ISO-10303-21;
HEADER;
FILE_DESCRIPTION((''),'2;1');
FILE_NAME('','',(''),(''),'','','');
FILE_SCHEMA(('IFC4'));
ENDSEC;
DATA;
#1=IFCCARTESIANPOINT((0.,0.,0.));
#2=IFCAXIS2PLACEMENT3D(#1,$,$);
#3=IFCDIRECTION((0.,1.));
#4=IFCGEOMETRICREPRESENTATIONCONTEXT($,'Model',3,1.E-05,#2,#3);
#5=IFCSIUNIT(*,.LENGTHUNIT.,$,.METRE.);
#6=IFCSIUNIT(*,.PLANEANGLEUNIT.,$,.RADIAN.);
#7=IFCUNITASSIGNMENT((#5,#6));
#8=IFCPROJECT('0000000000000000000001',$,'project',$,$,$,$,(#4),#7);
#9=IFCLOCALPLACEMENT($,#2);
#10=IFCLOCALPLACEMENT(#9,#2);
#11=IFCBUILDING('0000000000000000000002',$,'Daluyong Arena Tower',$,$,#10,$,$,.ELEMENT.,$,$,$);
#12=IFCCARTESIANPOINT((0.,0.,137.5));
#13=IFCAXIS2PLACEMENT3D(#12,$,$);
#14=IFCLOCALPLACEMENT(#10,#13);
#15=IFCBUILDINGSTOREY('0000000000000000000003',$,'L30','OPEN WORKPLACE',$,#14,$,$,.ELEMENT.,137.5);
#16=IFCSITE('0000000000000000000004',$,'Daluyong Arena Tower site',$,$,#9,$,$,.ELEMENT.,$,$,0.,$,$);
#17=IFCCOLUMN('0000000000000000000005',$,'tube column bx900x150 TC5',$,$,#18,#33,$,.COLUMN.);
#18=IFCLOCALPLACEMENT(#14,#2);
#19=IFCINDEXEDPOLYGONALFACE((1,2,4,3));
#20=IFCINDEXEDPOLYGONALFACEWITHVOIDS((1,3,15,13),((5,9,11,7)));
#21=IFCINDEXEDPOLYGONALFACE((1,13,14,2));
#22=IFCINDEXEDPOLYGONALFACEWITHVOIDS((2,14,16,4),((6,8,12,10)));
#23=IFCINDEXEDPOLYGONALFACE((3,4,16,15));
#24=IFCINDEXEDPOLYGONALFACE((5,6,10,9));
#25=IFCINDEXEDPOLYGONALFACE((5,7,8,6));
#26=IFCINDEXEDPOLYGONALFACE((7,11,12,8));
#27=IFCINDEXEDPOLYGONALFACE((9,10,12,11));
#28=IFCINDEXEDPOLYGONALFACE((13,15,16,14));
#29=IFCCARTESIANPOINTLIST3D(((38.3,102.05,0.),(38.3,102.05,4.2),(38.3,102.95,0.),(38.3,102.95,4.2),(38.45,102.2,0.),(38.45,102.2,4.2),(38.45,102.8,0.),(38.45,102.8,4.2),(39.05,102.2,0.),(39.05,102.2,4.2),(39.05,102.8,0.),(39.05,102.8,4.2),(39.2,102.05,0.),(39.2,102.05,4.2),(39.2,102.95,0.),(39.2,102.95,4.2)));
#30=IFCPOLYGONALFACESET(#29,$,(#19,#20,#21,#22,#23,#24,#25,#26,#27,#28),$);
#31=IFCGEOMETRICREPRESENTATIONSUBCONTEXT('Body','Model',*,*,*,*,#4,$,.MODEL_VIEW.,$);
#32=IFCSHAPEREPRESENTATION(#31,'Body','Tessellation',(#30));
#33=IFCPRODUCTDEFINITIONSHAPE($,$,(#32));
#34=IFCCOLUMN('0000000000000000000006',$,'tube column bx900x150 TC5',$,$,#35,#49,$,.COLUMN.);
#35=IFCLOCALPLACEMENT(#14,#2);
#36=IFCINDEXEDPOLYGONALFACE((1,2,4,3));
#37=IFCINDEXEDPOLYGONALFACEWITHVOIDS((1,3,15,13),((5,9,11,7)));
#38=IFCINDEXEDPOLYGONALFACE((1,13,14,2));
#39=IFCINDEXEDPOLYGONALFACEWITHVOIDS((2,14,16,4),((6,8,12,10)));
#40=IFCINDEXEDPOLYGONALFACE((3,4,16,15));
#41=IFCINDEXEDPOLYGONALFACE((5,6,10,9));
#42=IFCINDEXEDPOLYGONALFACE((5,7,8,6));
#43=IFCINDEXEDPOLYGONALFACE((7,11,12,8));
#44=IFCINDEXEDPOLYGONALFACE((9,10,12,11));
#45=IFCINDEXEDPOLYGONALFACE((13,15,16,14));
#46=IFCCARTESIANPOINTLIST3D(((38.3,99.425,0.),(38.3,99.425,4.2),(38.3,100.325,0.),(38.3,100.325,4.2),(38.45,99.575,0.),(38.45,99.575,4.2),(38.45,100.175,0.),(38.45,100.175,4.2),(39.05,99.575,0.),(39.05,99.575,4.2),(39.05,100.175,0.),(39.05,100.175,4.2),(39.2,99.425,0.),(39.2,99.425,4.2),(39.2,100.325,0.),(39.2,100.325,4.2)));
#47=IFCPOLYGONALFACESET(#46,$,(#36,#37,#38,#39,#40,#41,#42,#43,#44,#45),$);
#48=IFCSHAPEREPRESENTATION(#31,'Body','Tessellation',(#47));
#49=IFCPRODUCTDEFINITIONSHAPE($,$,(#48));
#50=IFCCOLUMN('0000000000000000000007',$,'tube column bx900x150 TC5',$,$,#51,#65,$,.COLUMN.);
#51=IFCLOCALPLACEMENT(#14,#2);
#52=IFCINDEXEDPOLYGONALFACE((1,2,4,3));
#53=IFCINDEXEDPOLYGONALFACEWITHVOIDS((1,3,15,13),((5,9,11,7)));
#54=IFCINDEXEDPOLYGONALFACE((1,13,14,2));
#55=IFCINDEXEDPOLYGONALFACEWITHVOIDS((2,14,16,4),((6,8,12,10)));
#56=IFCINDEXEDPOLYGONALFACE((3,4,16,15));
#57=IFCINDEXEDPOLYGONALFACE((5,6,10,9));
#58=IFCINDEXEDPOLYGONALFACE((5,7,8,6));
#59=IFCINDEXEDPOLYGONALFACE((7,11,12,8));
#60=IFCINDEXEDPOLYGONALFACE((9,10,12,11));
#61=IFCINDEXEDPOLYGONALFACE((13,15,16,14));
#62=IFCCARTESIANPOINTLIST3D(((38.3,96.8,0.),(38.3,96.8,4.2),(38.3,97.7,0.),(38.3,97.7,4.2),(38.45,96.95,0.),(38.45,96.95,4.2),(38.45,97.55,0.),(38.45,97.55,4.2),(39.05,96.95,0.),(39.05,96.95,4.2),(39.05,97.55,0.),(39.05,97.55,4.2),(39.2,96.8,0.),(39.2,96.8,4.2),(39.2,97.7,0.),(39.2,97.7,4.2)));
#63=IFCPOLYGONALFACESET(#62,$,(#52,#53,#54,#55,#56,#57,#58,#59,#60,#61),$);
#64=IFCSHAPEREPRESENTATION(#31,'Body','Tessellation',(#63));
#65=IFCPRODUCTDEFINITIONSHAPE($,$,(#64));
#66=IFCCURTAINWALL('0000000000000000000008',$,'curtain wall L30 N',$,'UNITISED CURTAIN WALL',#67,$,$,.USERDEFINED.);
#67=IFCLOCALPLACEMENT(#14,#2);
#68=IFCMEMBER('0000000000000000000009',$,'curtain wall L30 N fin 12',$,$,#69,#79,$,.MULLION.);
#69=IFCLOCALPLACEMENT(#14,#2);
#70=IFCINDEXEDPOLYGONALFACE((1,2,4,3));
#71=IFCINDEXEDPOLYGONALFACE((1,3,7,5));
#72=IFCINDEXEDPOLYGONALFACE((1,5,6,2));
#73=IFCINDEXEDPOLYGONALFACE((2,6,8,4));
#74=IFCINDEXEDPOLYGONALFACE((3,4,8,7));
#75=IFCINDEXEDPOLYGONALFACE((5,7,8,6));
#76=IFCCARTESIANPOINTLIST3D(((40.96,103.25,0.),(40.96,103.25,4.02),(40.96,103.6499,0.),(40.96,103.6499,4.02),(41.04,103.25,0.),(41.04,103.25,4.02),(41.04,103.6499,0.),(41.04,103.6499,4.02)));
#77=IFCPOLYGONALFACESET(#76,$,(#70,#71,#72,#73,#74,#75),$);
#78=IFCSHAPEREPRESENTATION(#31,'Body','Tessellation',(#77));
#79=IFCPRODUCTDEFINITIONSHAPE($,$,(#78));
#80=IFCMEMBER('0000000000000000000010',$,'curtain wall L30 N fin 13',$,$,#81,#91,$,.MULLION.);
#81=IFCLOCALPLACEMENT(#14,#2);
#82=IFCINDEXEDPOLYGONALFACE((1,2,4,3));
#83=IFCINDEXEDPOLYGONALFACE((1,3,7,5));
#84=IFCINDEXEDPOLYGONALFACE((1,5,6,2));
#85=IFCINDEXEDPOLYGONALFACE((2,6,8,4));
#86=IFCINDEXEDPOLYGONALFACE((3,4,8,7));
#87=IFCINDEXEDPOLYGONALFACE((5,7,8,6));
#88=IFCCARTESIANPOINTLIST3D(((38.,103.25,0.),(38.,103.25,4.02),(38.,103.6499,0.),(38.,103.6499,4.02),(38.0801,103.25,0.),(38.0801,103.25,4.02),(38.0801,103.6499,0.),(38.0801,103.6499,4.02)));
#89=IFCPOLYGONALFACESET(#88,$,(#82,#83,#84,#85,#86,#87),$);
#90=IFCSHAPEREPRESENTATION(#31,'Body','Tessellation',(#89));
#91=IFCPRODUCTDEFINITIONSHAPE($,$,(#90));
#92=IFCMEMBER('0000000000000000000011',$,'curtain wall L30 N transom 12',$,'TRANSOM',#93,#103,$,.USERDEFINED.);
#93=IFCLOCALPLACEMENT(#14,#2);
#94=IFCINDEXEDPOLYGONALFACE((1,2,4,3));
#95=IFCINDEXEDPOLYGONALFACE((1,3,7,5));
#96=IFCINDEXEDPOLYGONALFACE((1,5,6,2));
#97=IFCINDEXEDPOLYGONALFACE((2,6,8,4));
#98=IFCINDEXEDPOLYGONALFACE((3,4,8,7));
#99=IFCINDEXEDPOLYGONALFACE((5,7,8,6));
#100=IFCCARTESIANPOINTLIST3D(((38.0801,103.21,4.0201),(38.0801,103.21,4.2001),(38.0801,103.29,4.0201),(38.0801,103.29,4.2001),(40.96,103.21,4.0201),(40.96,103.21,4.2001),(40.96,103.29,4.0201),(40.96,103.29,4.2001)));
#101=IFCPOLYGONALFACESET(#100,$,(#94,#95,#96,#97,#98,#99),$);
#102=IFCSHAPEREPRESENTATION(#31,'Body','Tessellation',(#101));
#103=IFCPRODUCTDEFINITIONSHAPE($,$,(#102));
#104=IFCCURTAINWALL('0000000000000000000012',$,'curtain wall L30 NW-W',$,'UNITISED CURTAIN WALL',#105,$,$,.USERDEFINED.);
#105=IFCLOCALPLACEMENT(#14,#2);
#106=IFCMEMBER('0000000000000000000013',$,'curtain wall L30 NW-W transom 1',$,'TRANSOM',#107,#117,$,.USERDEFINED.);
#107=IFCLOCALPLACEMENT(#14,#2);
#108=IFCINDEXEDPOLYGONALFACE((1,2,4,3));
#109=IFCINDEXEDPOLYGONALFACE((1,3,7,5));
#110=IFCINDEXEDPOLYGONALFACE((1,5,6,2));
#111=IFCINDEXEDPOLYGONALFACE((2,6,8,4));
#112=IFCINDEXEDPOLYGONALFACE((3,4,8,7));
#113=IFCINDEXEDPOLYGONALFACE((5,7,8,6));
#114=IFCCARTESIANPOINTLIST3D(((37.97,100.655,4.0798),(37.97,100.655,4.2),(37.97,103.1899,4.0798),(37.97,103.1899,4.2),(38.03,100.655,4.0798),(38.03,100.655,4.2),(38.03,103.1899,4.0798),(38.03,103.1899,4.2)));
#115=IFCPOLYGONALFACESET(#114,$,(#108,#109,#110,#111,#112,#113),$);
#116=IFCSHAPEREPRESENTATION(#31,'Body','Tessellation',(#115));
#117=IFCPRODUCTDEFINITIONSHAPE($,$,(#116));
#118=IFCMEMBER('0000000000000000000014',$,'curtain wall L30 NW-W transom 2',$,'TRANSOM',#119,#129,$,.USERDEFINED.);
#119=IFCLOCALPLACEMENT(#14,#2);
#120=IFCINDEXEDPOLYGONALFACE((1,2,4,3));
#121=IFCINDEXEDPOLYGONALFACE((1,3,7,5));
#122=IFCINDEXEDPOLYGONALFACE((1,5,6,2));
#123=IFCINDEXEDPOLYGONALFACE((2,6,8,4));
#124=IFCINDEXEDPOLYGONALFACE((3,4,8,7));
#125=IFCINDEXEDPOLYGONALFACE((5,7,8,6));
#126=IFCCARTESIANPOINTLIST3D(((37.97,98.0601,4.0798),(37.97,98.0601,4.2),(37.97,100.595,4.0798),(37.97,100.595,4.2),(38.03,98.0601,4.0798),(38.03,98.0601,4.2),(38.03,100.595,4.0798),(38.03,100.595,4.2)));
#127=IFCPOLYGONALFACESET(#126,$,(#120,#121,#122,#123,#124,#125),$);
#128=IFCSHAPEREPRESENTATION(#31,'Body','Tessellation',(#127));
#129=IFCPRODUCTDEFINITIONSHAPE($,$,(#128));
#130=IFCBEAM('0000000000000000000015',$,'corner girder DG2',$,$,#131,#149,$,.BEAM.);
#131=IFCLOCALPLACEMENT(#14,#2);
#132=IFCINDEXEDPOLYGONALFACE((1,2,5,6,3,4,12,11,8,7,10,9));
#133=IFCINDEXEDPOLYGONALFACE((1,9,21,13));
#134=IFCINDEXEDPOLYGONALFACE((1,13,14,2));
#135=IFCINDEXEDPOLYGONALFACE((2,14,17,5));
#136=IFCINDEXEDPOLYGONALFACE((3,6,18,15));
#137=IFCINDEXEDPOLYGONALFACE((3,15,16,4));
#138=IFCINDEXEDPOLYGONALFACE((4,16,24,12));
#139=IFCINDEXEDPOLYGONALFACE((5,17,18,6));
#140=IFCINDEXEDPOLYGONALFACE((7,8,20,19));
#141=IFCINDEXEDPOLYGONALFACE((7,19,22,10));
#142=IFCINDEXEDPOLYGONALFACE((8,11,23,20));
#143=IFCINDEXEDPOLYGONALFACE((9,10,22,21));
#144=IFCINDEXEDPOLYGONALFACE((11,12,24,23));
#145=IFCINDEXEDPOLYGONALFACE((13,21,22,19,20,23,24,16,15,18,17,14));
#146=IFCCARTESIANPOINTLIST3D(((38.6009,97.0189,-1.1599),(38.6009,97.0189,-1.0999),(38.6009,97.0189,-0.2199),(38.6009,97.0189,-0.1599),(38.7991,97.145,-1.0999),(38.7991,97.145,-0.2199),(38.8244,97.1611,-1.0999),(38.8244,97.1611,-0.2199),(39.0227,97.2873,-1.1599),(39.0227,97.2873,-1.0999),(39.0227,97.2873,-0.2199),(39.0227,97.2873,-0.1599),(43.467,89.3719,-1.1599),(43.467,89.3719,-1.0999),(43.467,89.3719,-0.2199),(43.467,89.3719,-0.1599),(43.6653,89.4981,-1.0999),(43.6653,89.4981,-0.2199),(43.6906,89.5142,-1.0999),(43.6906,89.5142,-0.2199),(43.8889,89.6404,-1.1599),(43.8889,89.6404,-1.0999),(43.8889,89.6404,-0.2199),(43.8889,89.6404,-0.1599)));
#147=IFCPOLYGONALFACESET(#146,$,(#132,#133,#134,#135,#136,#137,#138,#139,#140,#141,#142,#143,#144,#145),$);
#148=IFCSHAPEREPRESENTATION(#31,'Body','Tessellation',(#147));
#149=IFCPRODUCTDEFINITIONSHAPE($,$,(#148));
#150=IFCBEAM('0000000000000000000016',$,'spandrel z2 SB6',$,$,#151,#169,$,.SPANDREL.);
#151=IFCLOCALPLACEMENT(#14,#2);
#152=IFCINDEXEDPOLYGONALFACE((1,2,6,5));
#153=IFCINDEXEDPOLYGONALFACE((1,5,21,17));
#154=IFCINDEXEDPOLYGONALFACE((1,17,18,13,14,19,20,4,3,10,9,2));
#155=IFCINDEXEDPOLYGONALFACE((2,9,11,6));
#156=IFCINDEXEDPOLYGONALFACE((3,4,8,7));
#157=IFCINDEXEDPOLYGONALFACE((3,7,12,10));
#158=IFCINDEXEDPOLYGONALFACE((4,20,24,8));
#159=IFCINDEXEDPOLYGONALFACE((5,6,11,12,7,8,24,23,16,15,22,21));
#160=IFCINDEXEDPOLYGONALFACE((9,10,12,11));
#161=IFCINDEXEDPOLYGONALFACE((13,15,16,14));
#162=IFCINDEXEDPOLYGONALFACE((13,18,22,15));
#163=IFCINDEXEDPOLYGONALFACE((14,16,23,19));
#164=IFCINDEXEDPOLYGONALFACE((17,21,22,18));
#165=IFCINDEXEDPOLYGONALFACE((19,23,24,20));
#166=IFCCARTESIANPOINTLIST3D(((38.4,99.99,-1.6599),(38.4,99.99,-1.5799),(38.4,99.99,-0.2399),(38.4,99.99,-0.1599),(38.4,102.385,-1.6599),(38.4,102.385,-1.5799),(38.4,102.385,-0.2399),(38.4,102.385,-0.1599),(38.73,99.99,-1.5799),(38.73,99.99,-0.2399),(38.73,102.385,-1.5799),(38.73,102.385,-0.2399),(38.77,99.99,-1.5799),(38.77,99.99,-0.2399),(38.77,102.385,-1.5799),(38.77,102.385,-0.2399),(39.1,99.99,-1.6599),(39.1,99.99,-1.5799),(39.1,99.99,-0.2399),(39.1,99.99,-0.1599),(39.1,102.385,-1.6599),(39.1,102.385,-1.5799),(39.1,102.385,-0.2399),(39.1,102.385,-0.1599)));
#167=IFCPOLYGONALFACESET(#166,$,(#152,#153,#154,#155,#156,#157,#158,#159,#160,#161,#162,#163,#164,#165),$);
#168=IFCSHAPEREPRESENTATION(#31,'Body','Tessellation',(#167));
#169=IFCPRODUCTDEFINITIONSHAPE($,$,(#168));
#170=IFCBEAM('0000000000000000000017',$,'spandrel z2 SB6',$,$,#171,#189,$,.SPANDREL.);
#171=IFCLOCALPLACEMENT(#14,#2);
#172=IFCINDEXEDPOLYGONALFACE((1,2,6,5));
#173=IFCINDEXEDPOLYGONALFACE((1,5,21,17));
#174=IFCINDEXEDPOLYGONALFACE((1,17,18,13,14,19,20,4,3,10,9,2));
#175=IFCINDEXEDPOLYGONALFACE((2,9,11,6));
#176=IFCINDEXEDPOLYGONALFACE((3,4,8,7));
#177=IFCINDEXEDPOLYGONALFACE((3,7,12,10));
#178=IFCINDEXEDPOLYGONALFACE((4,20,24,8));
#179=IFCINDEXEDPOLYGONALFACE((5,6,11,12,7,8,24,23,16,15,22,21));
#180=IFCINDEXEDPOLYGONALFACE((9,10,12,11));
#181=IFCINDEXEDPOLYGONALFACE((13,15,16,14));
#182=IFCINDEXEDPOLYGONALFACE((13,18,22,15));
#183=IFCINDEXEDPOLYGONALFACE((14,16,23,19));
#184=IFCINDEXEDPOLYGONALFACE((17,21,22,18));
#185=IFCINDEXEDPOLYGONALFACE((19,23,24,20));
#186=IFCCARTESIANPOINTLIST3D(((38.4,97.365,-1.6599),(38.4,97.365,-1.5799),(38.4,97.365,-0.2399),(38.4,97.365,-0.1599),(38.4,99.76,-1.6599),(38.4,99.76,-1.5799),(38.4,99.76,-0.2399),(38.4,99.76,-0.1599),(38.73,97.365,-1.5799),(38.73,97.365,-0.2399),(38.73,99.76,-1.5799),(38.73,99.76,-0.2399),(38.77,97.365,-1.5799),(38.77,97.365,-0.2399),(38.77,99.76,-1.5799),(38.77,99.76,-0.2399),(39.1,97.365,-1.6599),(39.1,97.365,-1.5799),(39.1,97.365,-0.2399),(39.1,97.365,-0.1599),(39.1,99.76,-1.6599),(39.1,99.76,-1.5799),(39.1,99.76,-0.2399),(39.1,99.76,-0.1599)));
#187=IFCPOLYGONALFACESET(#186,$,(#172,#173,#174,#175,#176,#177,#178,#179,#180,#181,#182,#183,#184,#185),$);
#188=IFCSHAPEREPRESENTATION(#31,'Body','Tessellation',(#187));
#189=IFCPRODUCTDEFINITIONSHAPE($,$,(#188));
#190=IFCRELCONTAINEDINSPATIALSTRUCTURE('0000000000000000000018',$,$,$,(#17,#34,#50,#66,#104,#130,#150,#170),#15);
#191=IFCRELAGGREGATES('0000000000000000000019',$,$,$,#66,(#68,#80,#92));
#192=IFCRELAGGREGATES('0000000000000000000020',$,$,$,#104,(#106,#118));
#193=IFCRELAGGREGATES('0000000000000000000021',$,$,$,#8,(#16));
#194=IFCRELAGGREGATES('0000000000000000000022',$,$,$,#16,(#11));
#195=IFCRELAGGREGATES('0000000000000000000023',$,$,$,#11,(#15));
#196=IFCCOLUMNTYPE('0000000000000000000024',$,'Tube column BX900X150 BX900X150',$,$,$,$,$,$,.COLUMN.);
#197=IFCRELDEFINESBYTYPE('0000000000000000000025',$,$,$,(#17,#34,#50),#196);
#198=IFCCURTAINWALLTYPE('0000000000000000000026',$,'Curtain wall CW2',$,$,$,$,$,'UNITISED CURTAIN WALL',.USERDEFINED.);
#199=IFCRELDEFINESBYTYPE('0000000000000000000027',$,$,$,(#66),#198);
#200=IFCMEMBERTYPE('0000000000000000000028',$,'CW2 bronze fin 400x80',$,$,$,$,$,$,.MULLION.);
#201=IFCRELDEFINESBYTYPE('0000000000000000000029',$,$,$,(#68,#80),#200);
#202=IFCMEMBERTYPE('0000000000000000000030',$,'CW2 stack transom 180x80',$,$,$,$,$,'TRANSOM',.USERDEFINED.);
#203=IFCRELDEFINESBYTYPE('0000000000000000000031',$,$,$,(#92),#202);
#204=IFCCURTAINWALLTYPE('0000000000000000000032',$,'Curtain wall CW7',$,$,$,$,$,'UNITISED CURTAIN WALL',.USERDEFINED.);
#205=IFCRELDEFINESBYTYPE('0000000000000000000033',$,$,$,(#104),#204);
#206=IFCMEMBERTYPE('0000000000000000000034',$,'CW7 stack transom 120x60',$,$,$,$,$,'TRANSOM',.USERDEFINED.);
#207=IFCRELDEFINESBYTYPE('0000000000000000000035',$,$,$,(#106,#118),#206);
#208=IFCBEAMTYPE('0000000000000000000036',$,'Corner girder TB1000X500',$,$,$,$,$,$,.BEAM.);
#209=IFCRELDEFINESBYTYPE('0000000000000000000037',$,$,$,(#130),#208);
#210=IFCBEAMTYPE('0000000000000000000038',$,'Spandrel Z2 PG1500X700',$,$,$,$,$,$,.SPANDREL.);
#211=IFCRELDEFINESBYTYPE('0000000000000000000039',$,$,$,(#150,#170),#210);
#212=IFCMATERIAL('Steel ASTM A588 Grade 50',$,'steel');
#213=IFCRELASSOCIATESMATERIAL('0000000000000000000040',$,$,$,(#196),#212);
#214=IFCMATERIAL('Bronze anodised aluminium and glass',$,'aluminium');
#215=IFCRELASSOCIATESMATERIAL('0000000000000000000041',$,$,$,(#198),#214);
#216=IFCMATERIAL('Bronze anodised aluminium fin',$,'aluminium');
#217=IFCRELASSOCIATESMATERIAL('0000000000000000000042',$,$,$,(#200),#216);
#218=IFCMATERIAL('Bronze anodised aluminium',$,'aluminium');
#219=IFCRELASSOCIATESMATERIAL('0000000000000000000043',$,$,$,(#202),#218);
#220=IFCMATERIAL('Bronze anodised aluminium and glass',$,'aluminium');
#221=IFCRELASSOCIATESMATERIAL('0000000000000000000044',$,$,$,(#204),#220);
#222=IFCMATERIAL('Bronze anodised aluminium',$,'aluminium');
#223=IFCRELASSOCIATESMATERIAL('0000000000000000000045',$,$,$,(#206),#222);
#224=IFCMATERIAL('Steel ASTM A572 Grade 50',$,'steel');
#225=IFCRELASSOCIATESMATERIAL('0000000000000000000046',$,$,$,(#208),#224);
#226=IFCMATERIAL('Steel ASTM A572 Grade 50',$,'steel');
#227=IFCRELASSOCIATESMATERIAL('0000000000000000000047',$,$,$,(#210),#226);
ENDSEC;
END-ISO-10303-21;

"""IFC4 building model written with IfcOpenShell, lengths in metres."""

from ifc_helpers import new_model, si_unit, direction, frame, origin, origin_2d, place, context, subcontext, project, spatial, rectangle, hollow_rectangle, i_section, extrude, material, material_profile, profile_set, type_object, element, aggregate, save


model = new_model("IFC4")

# Units and contexts
model_context = context("Model", 3, precision=1e-05, world=origin(), true_north=direction((0.0, 1.0)))
body_context = subcontext(model_context, "Body", "Model", "MODEL_VIEW")
ifc_project = project(units=[si_unit("LENGTHUNIT", "METRE"), si_unit("PLANEANGLEUNIT", "RADIAN")], contexts=[model_context])

# Site, building, storey
site_placement = place(None, origin())
site = spatial("IfcSite", under=ifc_project, at=site_placement, Name="Daluyong Arena Tower site", CompositionType="ELEMENT", RefElevation=0.0)
building_placement = place(site_placement, origin())
building = spatial("IfcBuilding", under=site, at=building_placement, Name="Daluyong Arena Tower", CompositionType="ELEMENT")
storey_placement = place(building_placement, frame((0.0, 0.0, 137.5)))
storey = spatial("IfcBuildingStorey", under=building, at=storey_placement, Name="L30", Description="OPEN WORKPLACE", CompositionType="ELEMENT", Elevation=137.5)

# Columns
ifc_material_1 = material(Name="Steel ASTM A588 Grade 50", Category="steel")
ifc_material_profile_1 = material_profile(ifc_material_1, hollow_rectangle(XDim=0.8999, YDim=0.8999, WallThickness=0.15, at=origin_2d()))
ifc_profile_set_1 = profile_set([ifc_material_profile_1], Name="Steel ASTM A588 Grade 50")
column_type = type_object("IfcColumnType", Name="Tube column BX900X150 BX900X150", PredefinedType="COLUMN", material=ifc_profile_set_1)
for number, where, z_axis, x_axis, name in (
    (1, (38.75, 102.5, 0.0), (0.0, 0.0, 1.0), (0.0, 1.0, 0.0), "tube column bx900x150 TC5"),
    (2, (38.75, 99.875, 0.0), (0.0, 0.0, 1.0), (0.0, 1.0, 0.0), "tube column bx900x150 TC5"),
    (3, (38.75, 97.25, 0.0), (0.0, 0.0, 1.0), (1.0, 0.0, 0.0), "tube column bx900x150 TC5"),
):
    element("IfcColumn", number, at=place(storey_placement, frame(where, z_axis=z_axis, x_axis=x_axis)), inside=storey, type_object=column_type, Name=name, PredefinedType="COLUMN", context=body_context, shape_type="SweptSolid", body=[
        extrude(hollow_rectangle(XDim=0.8999, YDim=0.8999, WallThickness=0.15, at=origin_2d()), origin(), (0.0, 0.0, 1.0), 4.2),
    ])

# Curtain walls, members
ifc_material_2 = material(Name="Bronze anodised aluminium and glass", Category="aluminium")
curtain_wall_type_1 = type_object("IfcCurtainWallType", Name="Curtain wall CW2", ElementType="UNITISED CURTAIN WALL", PredefinedType="USERDEFINED", material=ifc_material_2)
curtain_wall_1_placement = place(storey_placement, origin())
curtain_wall_1 = element("IfcCurtainWall", 4, at=curtain_wall_1_placement, inside=storey, type_object=curtain_wall_type_1, Name="curtain wall L30 N", ObjectType="UNITISED CURTAIN WALL", PredefinedType="USERDEFINED")
ifc_material_3 = material(Name="Bronze anodised aluminium fin", Category="aluminium")
ifc_material_profile_2 = material_profile(ifc_material_3, rectangle(XDim=0.3999, YDim=0.0801, at=origin_2d()))
ifc_profile_set_2 = profile_set([ifc_material_profile_2], Name="Bronze anodised aluminium fin")
member_type_1 = type_object("IfcMemberType", Name="CW2 bronze fin 400x80", PredefinedType="MULLION", material=ifc_profile_set_2)
member_1_placement = place(storey_placement, frame((41.0, 103.45, 0.0), z_axis=(0.0, 0.0, 1.0), x_axis=(0.0, -1.0, 0.0)))
member_1 = element("IfcMember", 5, at=member_1_placement, type_object=member_type_1, Name="curtain wall L30 N fin 12", PredefinedType="MULLION", context=body_context, shape_type="SweptSolid", body=[
    extrude(rectangle(XDim=0.3999, YDim=0.0801, at=origin_2d()), origin(), (0.0, 0.0, 1.0), 4.02),
])
member_2_placement = place(storey_placement, frame((38.04, 103.45, 0.0), z_axis=(0.0, 0.0, 1.0), x_axis=(0.0, -1.0, 0.0)))
member_2 = element("IfcMember", 6, at=member_2_placement, type_object=member_type_1, Name="curtain wall L30 N fin 13", PredefinedType="MULLION", context=body_context, shape_type="SweptSolid", body=[
    extrude(rectangle(XDim=0.3999, YDim=0.0801, at=origin_2d()), origin(), (0.0, 0.0, 1.0), 4.02),
])
ifc_material_4 = material(Name="Bronze anodised aluminium", Category="aluminium")
ifc_material_profile_3 = material_profile(ifc_material_4, rectangle(XDim=0.0801, YDim=0.1799, at=origin_2d()))
ifc_profile_set_3 = profile_set([ifc_material_profile_3], Name="Bronze anodised aluminium")
member_type_2 = type_object("IfcMemberType", Name="CW2 stack transom 180x80", ElementType="TRANSOM", PredefinedType="USERDEFINED", material=ifc_profile_set_3)
member_3_placement = place(storey_placement, frame((40.96, 103.25, 4.1101), z_axis=(-1.0, 0.0, 0.0), x_axis=(0.0, -1.0, 0.0)))
member_3 = element("IfcMember", 7, at=member_3_placement, type_object=member_type_2, Name="curtain wall L30 N transom 12", ObjectType="TRANSOM", PredefinedType="USERDEFINED", context=body_context, shape_type="SweptSolid", body=[
    extrude(rectangle(XDim=0.0801, YDim=0.1799, at=origin_2d()), origin(), (0.0, 0.0, 1.0), 2.8799),
])
ifc_material_5 = material(Name="Bronze anodised aluminium and glass", Category="aluminium")
curtain_wall_type_2 = type_object("IfcCurtainWallType", Name="Curtain wall CW7", ElementType="UNITISED CURTAIN WALL", PredefinedType="USERDEFINED", material=ifc_material_5)
curtain_wall_2_placement = place(storey_placement, origin())
curtain_wall_2 = element("IfcCurtainWall", 8, at=curtain_wall_2_placement, inside=storey, type_object=curtain_wall_type_2, Name="curtain wall L30 NW-W", ObjectType="UNITISED CURTAIN WALL", PredefinedType="USERDEFINED")
ifc_material_6 = material(Name="Bronze anodised aluminium", Category="aluminium")
ifc_material_profile_4 = material_profile(ifc_material_6, rectangle(XDim=0.0601, YDim=0.1201, at=origin_2d()))
ifc_profile_set_4 = profile_set([ifc_material_profile_4], Name="Bronze anodised aluminium")
member_type_3 = type_object("IfcMemberType", Name="CW7 stack transom 120x60", ElementType="TRANSOM", PredefinedType="USERDEFINED", material=ifc_profile_set_4)
member_4_placement = place(storey_placement, frame((38.0, 103.1899, 4.1399), z_axis=(0.0, -1.0, 0.0), x_axis=(1.0, 0.0, 0.0)))
member_4 = element("IfcMember", 9, at=member_4_placement, type_object=member_type_3, Name="curtain wall L30 NW-W transom 1", ObjectType="TRANSOM", PredefinedType="USERDEFINED", context=body_context, shape_type="SweptSolid", body=[
    extrude(rectangle(XDim=0.0601, YDim=0.1201, at=origin_2d()), origin(), (0.0, 0.0, 1.0), 2.5349),
])
member_5_placement = place(storey_placement, frame((38.0, 100.595, 4.1399), z_axis=(0.0, -1.0, 0.0), x_axis=(1.0, 0.0, 0.0)))
member_5 = element("IfcMember", 10, at=member_5_placement, type_object=member_type_3, Name="curtain wall L30 NW-W transom 2", ObjectType="TRANSOM", PredefinedType="USERDEFINED", context=body_context, shape_type="SweptSolid", body=[
    extrude(rectangle(XDim=0.0601, YDim=0.1201, at=origin_2d()), origin(), (0.0, 0.0, 1.0), 2.5349),
])

# Beams
ifc_material_7 = material(Name="Steel ASTM A572 Grade 50", Category="steel")
ifc_material_profile_5 = material_profile(ifc_material_7, i_section(OverallWidth=0.5, OverallDepth=1.0, WebThickness=0.03, FlangeThickness=0.06, at=origin_2d()))
ifc_profile_set_5 = profile_set([ifc_material_profile_5], Name="Steel ASTM A572 Grade 50")
beam_type_1 = type_object("IfcBeamType", Name="Corner girder TB1000X500", PredefinedType="BEAM", material=ifc_profile_set_5)
beam_placement = place(storey_placement, frame((38.8118, 97.1531, -0.6599), z_axis=(0.536872, -0.843664, 0.0), x_axis=(0.843664, 0.536872, 0.0)))
element("IfcBeam", 11, at=beam_placement, inside=storey, type_object=beam_type_1, Name="corner girder DG2", PredefinedType="BEAM", context=body_context, shape_type="SweptSolid", body=[
    extrude(i_section(OverallWidth=0.5, OverallDepth=1.0, WebThickness=0.03, FlangeThickness=0.06, at=origin_2d()), origin(), (0.0, 0.0, 1.0), 9.064),
])
ifc_material_8 = material(Name="Steel ASTM A572 Grade 50", Category="steel")
ifc_material_profile_6 = material_profile(ifc_material_8, i_section(OverallWidth=0.7, OverallDepth=1.5, WebThickness=0.04, FlangeThickness=0.08, at=origin_2d()))
ifc_profile_set_6 = profile_set([ifc_material_profile_6], Name="Steel ASTM A572 Grade 50")
beam_type_2 = type_object("IfcBeamType", Name="Spandrel Z2 PG1500X700", PredefinedType="SPANDREL", material=ifc_profile_set_6)
for number, where, z_axis, x_axis, name in (
    (12, (38.75, 102.385, -0.9099), (0.0, -1.0, 0.0), (1.0, 0.0, 0.0), "spandrel z2 SB6"),
    (13, (38.75, 99.76, -0.9099), (0.0, -1.0, 0.0), (1.0, 0.0, 0.0), "spandrel z2 SB6"),
):
    element("IfcBeam", number, at=place(storey_placement, frame(where, z_axis=z_axis, x_axis=x_axis)), inside=storey, type_object=beam_type_2, Name=name, PredefinedType="SPANDREL", context=body_context, shape_type="SweptSolid", body=[
        extrude(i_section(OverallWidth=0.7, OverallDepth=1.5, WebThickness=0.04, FlangeThickness=0.08, at=origin_2d()), origin(), (0.0, 0.0, 1.0), 2.395),
    ])

aggregate(curtain_wall_1, [member_1, member_2, member_3])
aggregate(curtain_wall_2, [member_4, member_5])

save(model, "model.ifc")
